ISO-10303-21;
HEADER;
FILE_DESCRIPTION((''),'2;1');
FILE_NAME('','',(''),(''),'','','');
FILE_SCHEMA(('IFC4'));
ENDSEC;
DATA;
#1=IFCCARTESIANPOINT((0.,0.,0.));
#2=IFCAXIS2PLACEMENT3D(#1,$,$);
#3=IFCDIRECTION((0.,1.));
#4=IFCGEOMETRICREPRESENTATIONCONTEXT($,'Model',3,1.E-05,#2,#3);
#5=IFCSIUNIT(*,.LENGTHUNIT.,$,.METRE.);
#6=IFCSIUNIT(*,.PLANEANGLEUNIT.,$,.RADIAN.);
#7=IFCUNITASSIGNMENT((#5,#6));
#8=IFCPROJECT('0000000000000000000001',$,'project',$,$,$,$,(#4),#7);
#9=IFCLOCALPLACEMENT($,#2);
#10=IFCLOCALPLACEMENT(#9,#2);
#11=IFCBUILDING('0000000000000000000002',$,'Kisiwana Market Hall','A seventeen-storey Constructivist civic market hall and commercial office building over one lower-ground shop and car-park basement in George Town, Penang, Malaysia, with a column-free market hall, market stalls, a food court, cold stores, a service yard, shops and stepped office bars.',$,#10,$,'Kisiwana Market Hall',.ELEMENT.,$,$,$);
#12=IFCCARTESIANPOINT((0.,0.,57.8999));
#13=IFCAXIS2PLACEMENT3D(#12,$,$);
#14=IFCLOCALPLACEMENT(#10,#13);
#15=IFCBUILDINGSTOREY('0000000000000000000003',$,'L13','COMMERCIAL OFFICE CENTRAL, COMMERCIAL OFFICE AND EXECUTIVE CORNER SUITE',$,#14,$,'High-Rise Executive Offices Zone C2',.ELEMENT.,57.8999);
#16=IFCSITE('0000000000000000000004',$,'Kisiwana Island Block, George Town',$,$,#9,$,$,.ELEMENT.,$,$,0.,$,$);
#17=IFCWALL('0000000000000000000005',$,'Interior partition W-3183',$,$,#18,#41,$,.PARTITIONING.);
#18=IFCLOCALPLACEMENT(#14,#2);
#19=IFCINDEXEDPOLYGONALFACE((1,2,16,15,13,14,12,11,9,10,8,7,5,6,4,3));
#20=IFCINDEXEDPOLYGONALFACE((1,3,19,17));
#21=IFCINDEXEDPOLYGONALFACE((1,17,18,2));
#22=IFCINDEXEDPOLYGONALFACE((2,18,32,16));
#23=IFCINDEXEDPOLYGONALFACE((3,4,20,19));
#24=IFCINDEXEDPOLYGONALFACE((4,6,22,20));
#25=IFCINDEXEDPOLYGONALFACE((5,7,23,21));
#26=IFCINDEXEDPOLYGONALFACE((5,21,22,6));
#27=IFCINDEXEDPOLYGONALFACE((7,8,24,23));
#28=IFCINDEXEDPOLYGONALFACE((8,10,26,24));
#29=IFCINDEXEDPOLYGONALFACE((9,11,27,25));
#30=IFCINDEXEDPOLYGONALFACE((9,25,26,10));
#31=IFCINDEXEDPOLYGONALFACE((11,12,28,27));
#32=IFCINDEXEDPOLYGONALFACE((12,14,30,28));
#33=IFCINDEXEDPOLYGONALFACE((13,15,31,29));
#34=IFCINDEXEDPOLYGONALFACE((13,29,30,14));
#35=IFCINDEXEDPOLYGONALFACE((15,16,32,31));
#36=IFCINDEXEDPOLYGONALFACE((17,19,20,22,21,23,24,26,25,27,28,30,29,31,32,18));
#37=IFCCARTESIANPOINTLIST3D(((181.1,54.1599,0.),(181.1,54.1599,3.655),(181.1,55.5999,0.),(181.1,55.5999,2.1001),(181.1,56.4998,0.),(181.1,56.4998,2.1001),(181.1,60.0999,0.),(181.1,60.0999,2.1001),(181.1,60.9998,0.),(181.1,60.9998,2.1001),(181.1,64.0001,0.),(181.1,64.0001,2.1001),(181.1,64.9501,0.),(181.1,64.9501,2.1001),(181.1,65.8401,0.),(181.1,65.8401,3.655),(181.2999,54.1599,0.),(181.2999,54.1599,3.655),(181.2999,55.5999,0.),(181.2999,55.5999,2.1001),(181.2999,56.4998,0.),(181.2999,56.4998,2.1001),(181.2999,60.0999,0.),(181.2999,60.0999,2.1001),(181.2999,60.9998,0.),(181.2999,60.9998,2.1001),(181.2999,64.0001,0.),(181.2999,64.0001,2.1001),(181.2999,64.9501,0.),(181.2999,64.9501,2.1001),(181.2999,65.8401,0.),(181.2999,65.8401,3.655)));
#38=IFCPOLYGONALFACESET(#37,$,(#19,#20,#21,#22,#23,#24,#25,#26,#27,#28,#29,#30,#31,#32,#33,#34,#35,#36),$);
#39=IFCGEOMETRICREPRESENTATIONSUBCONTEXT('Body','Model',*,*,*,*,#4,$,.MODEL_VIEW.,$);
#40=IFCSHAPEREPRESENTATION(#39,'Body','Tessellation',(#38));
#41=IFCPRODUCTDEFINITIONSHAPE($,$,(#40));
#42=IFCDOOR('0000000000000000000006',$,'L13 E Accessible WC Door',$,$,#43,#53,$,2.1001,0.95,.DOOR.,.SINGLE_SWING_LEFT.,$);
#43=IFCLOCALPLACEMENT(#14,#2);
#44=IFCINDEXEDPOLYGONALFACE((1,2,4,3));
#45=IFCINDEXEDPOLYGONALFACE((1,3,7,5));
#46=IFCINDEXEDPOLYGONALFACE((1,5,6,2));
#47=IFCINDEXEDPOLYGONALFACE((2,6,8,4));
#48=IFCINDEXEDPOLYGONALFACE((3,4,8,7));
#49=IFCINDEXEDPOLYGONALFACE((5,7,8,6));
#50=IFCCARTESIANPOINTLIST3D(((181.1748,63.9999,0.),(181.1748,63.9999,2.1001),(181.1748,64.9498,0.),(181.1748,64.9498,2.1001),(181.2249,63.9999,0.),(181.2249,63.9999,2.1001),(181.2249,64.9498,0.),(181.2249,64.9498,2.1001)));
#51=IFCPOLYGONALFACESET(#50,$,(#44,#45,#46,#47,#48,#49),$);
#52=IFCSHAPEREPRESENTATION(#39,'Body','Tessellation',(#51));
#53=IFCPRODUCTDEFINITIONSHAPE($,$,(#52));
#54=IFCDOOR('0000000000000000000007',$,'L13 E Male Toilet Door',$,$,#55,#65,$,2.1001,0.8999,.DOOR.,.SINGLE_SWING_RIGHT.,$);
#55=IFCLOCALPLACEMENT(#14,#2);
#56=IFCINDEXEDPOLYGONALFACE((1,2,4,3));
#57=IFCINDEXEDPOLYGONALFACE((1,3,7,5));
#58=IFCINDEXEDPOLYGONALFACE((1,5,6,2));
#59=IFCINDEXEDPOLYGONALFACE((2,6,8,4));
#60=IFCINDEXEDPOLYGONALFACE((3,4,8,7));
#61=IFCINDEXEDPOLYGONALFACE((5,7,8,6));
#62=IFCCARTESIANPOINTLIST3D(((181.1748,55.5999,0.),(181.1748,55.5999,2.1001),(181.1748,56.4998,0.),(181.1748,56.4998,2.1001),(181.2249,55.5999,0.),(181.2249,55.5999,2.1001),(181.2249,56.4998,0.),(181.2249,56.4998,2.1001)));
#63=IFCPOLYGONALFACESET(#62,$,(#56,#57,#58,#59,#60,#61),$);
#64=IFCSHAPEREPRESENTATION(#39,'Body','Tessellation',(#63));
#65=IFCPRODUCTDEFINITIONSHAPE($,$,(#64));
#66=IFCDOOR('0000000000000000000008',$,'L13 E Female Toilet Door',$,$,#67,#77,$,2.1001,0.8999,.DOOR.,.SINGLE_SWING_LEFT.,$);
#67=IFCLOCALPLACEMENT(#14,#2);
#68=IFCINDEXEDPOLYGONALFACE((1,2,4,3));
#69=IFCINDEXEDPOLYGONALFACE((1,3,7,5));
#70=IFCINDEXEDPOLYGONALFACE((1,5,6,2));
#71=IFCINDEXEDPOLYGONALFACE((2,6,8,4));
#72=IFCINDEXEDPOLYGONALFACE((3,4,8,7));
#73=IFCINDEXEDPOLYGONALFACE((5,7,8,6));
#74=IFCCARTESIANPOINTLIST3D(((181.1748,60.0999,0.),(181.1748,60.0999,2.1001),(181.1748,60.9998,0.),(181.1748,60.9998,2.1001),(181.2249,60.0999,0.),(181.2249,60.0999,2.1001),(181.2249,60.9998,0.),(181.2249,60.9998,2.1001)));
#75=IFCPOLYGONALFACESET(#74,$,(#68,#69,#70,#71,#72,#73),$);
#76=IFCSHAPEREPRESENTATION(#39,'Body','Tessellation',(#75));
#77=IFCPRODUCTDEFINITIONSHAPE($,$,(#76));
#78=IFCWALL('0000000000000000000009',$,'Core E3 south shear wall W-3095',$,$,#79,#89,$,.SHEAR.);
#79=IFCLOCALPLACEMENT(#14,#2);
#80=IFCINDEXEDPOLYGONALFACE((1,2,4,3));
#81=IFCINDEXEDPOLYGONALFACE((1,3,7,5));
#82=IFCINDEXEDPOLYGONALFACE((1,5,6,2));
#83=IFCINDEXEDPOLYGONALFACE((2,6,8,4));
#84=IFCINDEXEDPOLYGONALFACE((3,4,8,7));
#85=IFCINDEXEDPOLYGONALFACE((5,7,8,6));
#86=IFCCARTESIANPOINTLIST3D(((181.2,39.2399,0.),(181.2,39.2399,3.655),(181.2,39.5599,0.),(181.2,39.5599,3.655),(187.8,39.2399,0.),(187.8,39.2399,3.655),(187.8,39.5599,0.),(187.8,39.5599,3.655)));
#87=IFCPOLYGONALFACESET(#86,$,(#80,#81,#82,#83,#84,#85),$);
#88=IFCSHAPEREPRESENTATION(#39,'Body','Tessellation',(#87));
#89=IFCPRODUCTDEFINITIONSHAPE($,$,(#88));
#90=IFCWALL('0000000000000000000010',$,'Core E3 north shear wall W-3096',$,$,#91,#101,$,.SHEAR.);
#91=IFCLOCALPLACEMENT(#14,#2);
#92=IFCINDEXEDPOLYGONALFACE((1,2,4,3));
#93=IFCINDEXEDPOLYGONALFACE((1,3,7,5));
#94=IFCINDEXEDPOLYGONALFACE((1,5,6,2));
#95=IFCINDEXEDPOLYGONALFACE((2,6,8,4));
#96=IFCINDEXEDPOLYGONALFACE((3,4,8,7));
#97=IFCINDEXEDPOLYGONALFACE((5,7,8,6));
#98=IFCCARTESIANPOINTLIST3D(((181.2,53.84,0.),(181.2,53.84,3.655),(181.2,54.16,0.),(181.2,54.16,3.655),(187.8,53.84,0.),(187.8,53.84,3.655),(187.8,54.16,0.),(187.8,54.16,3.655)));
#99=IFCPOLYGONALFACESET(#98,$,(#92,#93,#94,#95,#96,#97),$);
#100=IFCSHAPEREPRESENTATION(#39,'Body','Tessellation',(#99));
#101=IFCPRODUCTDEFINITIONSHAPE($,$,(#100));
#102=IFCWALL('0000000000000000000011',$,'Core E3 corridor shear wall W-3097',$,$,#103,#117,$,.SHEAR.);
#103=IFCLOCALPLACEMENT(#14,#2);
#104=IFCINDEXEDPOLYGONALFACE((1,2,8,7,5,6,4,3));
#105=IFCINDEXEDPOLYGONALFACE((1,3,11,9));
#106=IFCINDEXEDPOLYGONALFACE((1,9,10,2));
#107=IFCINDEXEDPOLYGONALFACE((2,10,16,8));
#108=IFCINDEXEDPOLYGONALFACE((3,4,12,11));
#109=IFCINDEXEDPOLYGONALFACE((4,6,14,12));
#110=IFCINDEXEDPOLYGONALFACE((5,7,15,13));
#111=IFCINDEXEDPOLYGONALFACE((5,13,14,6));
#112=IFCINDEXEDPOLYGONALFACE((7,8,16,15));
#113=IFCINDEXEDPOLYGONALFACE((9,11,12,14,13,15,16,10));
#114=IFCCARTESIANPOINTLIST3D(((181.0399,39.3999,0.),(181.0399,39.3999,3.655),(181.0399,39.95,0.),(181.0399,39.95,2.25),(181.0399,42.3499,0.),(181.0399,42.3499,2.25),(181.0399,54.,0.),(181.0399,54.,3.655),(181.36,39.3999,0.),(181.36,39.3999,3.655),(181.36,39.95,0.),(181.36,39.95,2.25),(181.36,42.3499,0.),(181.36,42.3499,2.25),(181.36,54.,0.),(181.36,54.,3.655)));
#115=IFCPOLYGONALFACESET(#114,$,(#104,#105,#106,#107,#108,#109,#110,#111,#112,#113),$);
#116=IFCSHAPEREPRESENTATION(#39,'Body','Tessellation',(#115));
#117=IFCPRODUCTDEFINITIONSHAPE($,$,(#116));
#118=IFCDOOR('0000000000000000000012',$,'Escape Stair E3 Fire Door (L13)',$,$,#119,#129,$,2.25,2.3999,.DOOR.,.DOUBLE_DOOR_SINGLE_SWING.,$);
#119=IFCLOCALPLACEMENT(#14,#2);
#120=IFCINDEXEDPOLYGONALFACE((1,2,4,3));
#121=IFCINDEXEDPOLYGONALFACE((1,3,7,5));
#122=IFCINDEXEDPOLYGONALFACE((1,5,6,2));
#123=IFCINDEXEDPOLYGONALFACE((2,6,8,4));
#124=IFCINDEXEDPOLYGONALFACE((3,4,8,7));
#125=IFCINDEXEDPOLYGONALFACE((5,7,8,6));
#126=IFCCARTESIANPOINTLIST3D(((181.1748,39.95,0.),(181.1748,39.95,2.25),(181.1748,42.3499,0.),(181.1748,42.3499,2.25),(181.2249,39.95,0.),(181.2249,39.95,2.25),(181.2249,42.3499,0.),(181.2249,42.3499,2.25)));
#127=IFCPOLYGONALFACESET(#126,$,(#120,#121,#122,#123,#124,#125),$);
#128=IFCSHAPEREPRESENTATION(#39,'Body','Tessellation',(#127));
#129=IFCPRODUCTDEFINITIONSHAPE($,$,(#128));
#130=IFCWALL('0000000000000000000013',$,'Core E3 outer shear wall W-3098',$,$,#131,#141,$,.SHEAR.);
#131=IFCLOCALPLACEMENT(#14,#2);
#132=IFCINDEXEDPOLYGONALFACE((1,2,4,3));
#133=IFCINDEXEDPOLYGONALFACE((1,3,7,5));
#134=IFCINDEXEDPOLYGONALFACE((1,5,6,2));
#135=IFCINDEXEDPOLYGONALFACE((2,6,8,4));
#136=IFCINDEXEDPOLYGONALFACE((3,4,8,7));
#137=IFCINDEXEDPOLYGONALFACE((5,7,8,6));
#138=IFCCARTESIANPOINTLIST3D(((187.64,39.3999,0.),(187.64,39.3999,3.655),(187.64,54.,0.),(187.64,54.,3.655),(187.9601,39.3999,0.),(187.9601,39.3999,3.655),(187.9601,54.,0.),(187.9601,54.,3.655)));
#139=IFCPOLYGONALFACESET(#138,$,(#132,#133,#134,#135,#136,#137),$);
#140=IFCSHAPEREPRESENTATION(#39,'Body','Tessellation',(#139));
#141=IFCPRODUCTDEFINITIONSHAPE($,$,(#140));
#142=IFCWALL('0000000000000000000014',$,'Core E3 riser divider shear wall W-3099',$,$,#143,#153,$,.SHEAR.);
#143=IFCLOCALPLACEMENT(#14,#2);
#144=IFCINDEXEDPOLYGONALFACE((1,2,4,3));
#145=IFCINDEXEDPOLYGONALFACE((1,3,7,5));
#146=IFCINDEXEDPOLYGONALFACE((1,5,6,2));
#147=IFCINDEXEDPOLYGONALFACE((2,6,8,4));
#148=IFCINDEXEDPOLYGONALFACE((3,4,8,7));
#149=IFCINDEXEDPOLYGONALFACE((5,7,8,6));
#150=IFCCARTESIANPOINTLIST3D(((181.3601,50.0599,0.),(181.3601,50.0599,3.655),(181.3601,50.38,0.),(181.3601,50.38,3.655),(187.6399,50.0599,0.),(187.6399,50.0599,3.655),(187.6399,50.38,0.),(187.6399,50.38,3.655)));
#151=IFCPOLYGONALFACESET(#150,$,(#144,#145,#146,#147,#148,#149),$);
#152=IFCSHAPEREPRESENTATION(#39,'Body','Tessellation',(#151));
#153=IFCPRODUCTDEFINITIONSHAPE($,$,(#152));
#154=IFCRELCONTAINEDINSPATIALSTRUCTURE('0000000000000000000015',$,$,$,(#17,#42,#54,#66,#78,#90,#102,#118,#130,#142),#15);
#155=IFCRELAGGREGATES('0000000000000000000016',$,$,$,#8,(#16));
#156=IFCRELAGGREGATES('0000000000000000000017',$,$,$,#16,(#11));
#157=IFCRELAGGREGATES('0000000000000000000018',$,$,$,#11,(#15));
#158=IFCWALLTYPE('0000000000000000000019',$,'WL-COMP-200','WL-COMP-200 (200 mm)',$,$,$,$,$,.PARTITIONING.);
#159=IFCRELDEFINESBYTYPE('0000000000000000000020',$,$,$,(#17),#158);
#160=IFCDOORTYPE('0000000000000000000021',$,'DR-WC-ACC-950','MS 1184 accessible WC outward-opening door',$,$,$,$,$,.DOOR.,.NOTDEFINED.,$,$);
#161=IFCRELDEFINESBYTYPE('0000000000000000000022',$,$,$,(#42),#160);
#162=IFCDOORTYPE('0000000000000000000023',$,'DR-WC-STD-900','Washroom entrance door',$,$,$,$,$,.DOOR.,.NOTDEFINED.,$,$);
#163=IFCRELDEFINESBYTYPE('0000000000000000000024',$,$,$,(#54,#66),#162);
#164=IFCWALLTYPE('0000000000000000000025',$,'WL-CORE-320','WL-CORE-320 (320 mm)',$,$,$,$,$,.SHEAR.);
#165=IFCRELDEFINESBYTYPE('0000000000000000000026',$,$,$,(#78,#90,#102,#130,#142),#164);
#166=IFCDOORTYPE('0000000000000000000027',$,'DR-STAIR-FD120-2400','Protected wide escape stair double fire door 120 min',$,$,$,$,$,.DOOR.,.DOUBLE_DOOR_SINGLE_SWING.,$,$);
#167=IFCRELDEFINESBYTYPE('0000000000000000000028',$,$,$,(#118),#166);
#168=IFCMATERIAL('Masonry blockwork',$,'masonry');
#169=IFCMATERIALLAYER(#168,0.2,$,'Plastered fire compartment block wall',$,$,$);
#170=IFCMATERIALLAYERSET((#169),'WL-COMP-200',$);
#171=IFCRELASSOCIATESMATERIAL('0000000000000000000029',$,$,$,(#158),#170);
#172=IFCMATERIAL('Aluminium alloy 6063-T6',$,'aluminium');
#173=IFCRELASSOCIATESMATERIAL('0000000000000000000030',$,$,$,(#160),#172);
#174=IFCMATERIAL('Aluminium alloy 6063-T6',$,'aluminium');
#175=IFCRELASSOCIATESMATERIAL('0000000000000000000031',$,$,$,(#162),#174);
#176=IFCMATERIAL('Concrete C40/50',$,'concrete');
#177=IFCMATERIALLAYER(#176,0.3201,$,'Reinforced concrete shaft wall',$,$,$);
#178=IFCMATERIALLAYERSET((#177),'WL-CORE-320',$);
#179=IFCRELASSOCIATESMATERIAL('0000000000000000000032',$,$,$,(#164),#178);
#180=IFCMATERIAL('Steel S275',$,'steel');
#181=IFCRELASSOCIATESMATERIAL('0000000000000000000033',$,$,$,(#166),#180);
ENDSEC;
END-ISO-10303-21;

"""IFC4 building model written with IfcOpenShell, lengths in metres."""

from ifc_helpers import new_model, si_unit, direction, frame, frame_2d, origin, place, context, subcontext, project, spatial, rectangle, extrude, material, layer, layer_set, type_object, element, fill, save


model = new_model("IFC4")

# Units and contexts
model_context = context("Model", 3, precision=1e-05, world=origin(), true_north=direction((0.0, 1.0)))
body_context = subcontext(model_context, "Body", "Model", "MODEL_VIEW")
ifc_project = project(units=[si_unit("LENGTHUNIT", "METRE"), si_unit("PLANEANGLEUNIT", "RADIAN")], contexts=[model_context])

# Site, building, storey
site_placement = place(None, origin())
site = spatial("IfcSite", under=ifc_project, at=site_placement, Name="Kisiwana Island Block, George Town", CompositionType="ELEMENT", RefElevation=0.0)
building_placement = place(site_placement, origin())
building = spatial("IfcBuilding", under=site, at=building_placement, Name="Kisiwana Market Hall", Description="A seventeen-storey Constructivist civic market hall and commercial office building over one lower-ground shop and car-park basement in George Town, Penang, Malaysia, with a column-free market hall, market stalls, a food court, cold stores, a service yard, shops and stepped office bars.", LongName="Kisiwana Market Hall", CompositionType="ELEMENT")
storey_placement = place(building_placement, frame((0.0, 0.0, 57.8999)))
storey = spatial("IfcBuildingStorey", under=building, at=storey_placement, Name="L13", Description="COMMERCIAL OFFICE CENTRAL, COMMERCIAL OFFICE AND EXECUTIVE CORNER SUITE", LongName="High-Rise Executive Offices Zone C2", CompositionType="ELEMENT", Elevation=57.8999)

# Shared definitions
ifc_material_1 = material(Name="Masonry blockwork", Category="masonry")
ifc_layer_1 = layer(ifc_material_1, 0.2, Name="Plastered fire compartment block wall")
ifc_layer_set_1 = layer_set([ifc_layer_1], Name="WL-COMP-200")
wall_type_1 = type_object("IfcWallType", Name="WL-COMP-200", Description="WL-COMP-200 (200 mm)", PredefinedType="PARTITIONING", material=ifc_layer_set_1)

# Wall, openings, doors
wall_1_placement = place(storey_placement, frame((181.2, 54.1599, 0.0), z_axis=(0.0, 0.0, 1.0), x_axis=(0.0, 1.0, 0.0)))
wall_1 = element("IfcWall", 1, at=wall_1_placement, inside=storey, type_object=wall_type_1, Name="Interior partition W-3183", PredefinedType="PARTITIONING", context=body_context, shape_type="SweptSolid", body=[
    extrude(rectangle(XDim=11.6802, YDim=0.2, at=frame_2d((5.8401, 0.0))), origin(), (0.0, 0.0, 1.0), 3.655),
])
opening_1_placement = place(wall_1_placement, frame((1.4399, 0.0, 0.0)))
opening_1 = element("IfcOpeningElement", 2, at=opening_1_placement, cuts=wall_1, PredefinedType="OPENING", context=body_context, shape_type="SweptSolid", body=[
    extrude(rectangle(XDim=0.8999, YDim=2.1001, at=frame_2d((0.45, 1.05))), frame((0.0, 0.1118, 0.0), z_axis=(0.0, -1.0, 0.0), x_axis=(1.0, 0.0, 0.0)), (0.0, 0.0, 1.0), 0.2239),
])
opening_2_placement = place(wall_1_placement, frame((5.9399, 0.0, 0.0)))
opening_2 = element("IfcOpeningElement", 3, at=opening_2_placement, cuts=wall_1, PredefinedType="OPENING", context=body_context, shape_type="SweptSolid", body=[
    extrude(rectangle(XDim=0.8999, YDim=2.1001, at=frame_2d((0.45, 1.05))), frame((0.0, 0.1118, 0.0), z_axis=(0.0, -1.0, 0.0), x_axis=(1.0, 0.0, 0.0)), (0.0, 0.0, 1.0), 0.2239),
])
opening_3_placement = place(wall_1_placement, frame((9.8401, 0.0, 0.0)))
opening_3 = element("IfcOpeningElement", 4, at=opening_3_placement, cuts=wall_1, PredefinedType="OPENING", context=body_context, shape_type="SweptSolid", body=[
    extrude(rectangle(XDim=0.95, YDim=2.1001, at=frame_2d((0.4751, 1.05))), frame((0.0, 0.1118, 0.0), z_axis=(0.0, -1.0, 0.0), x_axis=(1.0, 0.0, 0.0)), (0.0, 0.0, 1.0), 0.2239),
])
ifc_material_2 = material(Name="Aluminium alloy 6063-T6", Category="aluminium")
door_type_1 = type_object("IfcDoorType", Name="DR-WC-ACC-950", Description="MS 1184 accessible WC outward-opening door", OperationType="NOTDEFINED", PredefinedType="DOOR", material=ifc_material_2)
door_1_placement = place(opening_3_placement, frame((0.95, 0.0, 0.0), z_axis=(0.0, 0.0, 1.0), x_axis=(-1.0, 0.0, 0.0)))
door_1 = element("IfcDoor", 5, at=door_1_placement, inside=storey, type_object=door_type_1, Name="L13 E Accessible WC Door", OperationType="SINGLE_SWING_LEFT", OverallHeight=2.1001, OverallWidth=0.95, PredefinedType="DOOR", context=body_context, shape_type="SweptSolid", body=[
    extrude(rectangle(XDim=0.95, YDim=2.1001, at=frame_2d((0.4751, 1.05))), frame((0.0, 0.0249, 0.0), z_axis=(0.0, -1.0, 0.0), x_axis=(1.0, 0.0, 0.0)), (0.0, 0.0, 1.0), 0.05),
])
fill(opening_3, door_1)
ifc_material_3 = material(Name="Aluminium alloy 6063-T6", Category="aluminium")
door_type_2 = type_object("IfcDoorType", Name="DR-WC-STD-900", Description="Washroom entrance door", OperationType="NOTDEFINED", PredefinedType="DOOR", material=ifc_material_3)
door_2_placement = place(opening_1_placement, frame((0.8999, 0.0, 0.0), z_axis=(0.0, 0.0, 1.0), x_axis=(-1.0, 0.0, 0.0)))
door_2 = element("IfcDoor", 6, at=door_2_placement, inside=storey, type_object=door_type_2, Name="L13 E Male Toilet Door", OperationType="SINGLE_SWING_RIGHT", OverallHeight=2.1001, OverallWidth=0.8999, PredefinedType="DOOR", context=body_context, shape_type="SweptSolid", body=[
    extrude(rectangle(XDim=0.8999, YDim=2.1001, at=frame_2d((0.45, 1.05))), frame((0.0, 0.0249, 0.0), z_axis=(0.0, -1.0, 0.0), x_axis=(1.0, 0.0, 0.0)), (0.0, 0.0, 1.0), 0.05),
])
fill(opening_1, door_2)
door_3_placement = place(opening_2_placement, frame((0.8999, 0.0, 0.0), z_axis=(0.0, 0.0, 1.0), x_axis=(-1.0, 0.0, 0.0)))
door_3 = element("IfcDoor", 7, at=door_3_placement, inside=storey, type_object=door_type_2, Name="L13 E Female Toilet Door", OperationType="SINGLE_SWING_LEFT", OverallHeight=2.1001, OverallWidth=0.8999, PredefinedType="DOOR", context=body_context, shape_type="SweptSolid", body=[
    extrude(rectangle(XDim=0.8999, YDim=2.1001, at=frame_2d((0.45, 1.05))), frame((0.0, 0.0249, 0.0), z_axis=(0.0, -1.0, 0.0), x_axis=(1.0, 0.0, 0.0)), (0.0, 0.0, 1.0), 0.05),
])
fill(opening_2, door_3)

# Walls
ifc_material_4 = material(Name="Concrete C40/50", Category="concrete")
ifc_layer_2 = layer(ifc_material_4, 0.3201, Name="Reinforced concrete shaft wall")
ifc_layer_set_2 = layer_set([ifc_layer_2], Name="WL-CORE-320")
wall_type_2 = type_object("IfcWallType", Name="WL-CORE-320", Description="WL-CORE-320 (320 mm)", PredefinedType="SHEAR", material=ifc_layer_set_2)
for number, where, z_axis, x_axis, name in (
    (8, (181.2, 39.3999, 0.0), (0.0, 0.0, 1.0), (1.0, 0.0, 0.0), "Core E3 south shear wall W-3095"),
    (9, (181.2, 54.0, 0.0), (0.0, 0.0, 1.0), (1.0, 0.0, 0.0), "Core E3 north shear wall W-3096"),
):
    element("IfcWall", number, at=place(storey_placement, frame(where, z_axis=z_axis, x_axis=x_axis)), inside=storey, type_object=wall_type_2, Name=name, PredefinedType="SHEAR", context=body_context, shape_type="SweptSolid", body=[
        extrude(rectangle(XDim=6.6001, YDim=0.3201, at=frame_2d((3.3, 0.0))), origin(), (0.0, 0.0, 1.0), 3.655),
    ])

# Wall, opening, door
wall_2_placement = place(storey_placement, frame((181.2, 39.3999, 0.0), z_axis=(0.0, 0.0, 1.0), x_axis=(0.0, 1.0, 0.0)))
wall_2 = element("IfcWall", 10, at=wall_2_placement, inside=storey, type_object=wall_type_2, Name="Core E3 corridor shear wall W-3097", PredefinedType="SHEAR", context=body_context, shape_type="SweptSolid", body=[
    extrude(rectangle(XDim=14.6001, YDim=0.3201, at=frame_2d((7.3, 0.0))), origin(), (0.0, 0.0, 1.0), 3.655),
])
opening_4_placement = place(wall_2_placement, frame((0.55, 0.0, 0.0)))
opening_4 = element("IfcOpeningElement", 11, at=opening_4_placement, cuts=wall_2, PredefinedType="OPENING", context=body_context, shape_type="SweptSolid", body=[
    extrude(rectangle(XDim=2.3999, YDim=2.25, at=frame_2d((1.2, 1.125))), frame((0.0, 0.1719, 0.0), z_axis=(0.0, -1.0, 0.0), x_axis=(1.0, 0.0, 0.0)), (0.0, 0.0, 1.0), 0.344),
])
ifc_material_5 = material(Name="Steel S275", Category="steel")
door_type_3 = type_object("IfcDoorType", Name="DR-STAIR-FD120-2400", Description="Protected wide escape stair double fire door 120 min", OperationType="DOUBLE_DOOR_SINGLE_SWING", PredefinedType="DOOR", material=ifc_material_5)
door_4_placement = place(opening_4_placement, frame((2.3999, 0.0, 0.0), z_axis=(0.0, 0.0, 1.0), x_axis=(-1.0, 0.0, 0.0)))
door_4 = element("IfcDoor", 12, at=door_4_placement, inside=storey, type_object=door_type_3, Name="Escape Stair E3 Fire Door (L13)", OperationType="DOUBLE_DOOR_SINGLE_SWING", OverallHeight=2.25, OverallWidth=2.3999, PredefinedType="DOOR", context=body_context, shape_type="SweptSolid", body=[
    extrude(rectangle(XDim=2.3999, YDim=2.25, at=frame_2d((1.2, 1.125))), frame((0.0, 0.0249, 0.0), z_axis=(0.0, -1.0, 0.0), x_axis=(1.0, 0.0, 0.0)), (0.0, 0.0, 1.0), 0.05),
])
fill(opening_4, door_4)

# Walls
wall_3_placement = place(storey_placement, frame((187.8, 39.3999, 0.0), z_axis=(0.0, 0.0, 1.0), x_axis=(0.0, 1.0, 0.0)))
element("IfcWall", 13, at=wall_3_placement, inside=storey, type_object=wall_type_2, Name="Core E3 outer shear wall W-3098", PredefinedType="SHEAR", context=body_context, shape_type="SweptSolid", body=[
    extrude(rectangle(XDim=14.6001, YDim=0.3201, at=frame_2d((7.3, 0.0))), origin(), (0.0, 0.0, 1.0), 3.655),
])
wall_4_placement = place(storey_placement, frame((181.3601, 50.22, 0.0), z_axis=(0.0, 0.0, 1.0), x_axis=(1.0, 0.0, 0.0)))
element("IfcWall", 14, at=wall_4_placement, inside=storey, type_object=wall_type_2, Name="Core E3 riser divider shear wall W-3099", PredefinedType="SHEAR", context=body_context, shape_type="SweptSolid", body=[
    extrude(rectangle(XDim=6.2798, YDim=0.3201, at=frame_2d((3.1399, 0.0))), origin(), (0.0, 0.0, 1.0), 3.655),
])

save(model, "model.ifc")
